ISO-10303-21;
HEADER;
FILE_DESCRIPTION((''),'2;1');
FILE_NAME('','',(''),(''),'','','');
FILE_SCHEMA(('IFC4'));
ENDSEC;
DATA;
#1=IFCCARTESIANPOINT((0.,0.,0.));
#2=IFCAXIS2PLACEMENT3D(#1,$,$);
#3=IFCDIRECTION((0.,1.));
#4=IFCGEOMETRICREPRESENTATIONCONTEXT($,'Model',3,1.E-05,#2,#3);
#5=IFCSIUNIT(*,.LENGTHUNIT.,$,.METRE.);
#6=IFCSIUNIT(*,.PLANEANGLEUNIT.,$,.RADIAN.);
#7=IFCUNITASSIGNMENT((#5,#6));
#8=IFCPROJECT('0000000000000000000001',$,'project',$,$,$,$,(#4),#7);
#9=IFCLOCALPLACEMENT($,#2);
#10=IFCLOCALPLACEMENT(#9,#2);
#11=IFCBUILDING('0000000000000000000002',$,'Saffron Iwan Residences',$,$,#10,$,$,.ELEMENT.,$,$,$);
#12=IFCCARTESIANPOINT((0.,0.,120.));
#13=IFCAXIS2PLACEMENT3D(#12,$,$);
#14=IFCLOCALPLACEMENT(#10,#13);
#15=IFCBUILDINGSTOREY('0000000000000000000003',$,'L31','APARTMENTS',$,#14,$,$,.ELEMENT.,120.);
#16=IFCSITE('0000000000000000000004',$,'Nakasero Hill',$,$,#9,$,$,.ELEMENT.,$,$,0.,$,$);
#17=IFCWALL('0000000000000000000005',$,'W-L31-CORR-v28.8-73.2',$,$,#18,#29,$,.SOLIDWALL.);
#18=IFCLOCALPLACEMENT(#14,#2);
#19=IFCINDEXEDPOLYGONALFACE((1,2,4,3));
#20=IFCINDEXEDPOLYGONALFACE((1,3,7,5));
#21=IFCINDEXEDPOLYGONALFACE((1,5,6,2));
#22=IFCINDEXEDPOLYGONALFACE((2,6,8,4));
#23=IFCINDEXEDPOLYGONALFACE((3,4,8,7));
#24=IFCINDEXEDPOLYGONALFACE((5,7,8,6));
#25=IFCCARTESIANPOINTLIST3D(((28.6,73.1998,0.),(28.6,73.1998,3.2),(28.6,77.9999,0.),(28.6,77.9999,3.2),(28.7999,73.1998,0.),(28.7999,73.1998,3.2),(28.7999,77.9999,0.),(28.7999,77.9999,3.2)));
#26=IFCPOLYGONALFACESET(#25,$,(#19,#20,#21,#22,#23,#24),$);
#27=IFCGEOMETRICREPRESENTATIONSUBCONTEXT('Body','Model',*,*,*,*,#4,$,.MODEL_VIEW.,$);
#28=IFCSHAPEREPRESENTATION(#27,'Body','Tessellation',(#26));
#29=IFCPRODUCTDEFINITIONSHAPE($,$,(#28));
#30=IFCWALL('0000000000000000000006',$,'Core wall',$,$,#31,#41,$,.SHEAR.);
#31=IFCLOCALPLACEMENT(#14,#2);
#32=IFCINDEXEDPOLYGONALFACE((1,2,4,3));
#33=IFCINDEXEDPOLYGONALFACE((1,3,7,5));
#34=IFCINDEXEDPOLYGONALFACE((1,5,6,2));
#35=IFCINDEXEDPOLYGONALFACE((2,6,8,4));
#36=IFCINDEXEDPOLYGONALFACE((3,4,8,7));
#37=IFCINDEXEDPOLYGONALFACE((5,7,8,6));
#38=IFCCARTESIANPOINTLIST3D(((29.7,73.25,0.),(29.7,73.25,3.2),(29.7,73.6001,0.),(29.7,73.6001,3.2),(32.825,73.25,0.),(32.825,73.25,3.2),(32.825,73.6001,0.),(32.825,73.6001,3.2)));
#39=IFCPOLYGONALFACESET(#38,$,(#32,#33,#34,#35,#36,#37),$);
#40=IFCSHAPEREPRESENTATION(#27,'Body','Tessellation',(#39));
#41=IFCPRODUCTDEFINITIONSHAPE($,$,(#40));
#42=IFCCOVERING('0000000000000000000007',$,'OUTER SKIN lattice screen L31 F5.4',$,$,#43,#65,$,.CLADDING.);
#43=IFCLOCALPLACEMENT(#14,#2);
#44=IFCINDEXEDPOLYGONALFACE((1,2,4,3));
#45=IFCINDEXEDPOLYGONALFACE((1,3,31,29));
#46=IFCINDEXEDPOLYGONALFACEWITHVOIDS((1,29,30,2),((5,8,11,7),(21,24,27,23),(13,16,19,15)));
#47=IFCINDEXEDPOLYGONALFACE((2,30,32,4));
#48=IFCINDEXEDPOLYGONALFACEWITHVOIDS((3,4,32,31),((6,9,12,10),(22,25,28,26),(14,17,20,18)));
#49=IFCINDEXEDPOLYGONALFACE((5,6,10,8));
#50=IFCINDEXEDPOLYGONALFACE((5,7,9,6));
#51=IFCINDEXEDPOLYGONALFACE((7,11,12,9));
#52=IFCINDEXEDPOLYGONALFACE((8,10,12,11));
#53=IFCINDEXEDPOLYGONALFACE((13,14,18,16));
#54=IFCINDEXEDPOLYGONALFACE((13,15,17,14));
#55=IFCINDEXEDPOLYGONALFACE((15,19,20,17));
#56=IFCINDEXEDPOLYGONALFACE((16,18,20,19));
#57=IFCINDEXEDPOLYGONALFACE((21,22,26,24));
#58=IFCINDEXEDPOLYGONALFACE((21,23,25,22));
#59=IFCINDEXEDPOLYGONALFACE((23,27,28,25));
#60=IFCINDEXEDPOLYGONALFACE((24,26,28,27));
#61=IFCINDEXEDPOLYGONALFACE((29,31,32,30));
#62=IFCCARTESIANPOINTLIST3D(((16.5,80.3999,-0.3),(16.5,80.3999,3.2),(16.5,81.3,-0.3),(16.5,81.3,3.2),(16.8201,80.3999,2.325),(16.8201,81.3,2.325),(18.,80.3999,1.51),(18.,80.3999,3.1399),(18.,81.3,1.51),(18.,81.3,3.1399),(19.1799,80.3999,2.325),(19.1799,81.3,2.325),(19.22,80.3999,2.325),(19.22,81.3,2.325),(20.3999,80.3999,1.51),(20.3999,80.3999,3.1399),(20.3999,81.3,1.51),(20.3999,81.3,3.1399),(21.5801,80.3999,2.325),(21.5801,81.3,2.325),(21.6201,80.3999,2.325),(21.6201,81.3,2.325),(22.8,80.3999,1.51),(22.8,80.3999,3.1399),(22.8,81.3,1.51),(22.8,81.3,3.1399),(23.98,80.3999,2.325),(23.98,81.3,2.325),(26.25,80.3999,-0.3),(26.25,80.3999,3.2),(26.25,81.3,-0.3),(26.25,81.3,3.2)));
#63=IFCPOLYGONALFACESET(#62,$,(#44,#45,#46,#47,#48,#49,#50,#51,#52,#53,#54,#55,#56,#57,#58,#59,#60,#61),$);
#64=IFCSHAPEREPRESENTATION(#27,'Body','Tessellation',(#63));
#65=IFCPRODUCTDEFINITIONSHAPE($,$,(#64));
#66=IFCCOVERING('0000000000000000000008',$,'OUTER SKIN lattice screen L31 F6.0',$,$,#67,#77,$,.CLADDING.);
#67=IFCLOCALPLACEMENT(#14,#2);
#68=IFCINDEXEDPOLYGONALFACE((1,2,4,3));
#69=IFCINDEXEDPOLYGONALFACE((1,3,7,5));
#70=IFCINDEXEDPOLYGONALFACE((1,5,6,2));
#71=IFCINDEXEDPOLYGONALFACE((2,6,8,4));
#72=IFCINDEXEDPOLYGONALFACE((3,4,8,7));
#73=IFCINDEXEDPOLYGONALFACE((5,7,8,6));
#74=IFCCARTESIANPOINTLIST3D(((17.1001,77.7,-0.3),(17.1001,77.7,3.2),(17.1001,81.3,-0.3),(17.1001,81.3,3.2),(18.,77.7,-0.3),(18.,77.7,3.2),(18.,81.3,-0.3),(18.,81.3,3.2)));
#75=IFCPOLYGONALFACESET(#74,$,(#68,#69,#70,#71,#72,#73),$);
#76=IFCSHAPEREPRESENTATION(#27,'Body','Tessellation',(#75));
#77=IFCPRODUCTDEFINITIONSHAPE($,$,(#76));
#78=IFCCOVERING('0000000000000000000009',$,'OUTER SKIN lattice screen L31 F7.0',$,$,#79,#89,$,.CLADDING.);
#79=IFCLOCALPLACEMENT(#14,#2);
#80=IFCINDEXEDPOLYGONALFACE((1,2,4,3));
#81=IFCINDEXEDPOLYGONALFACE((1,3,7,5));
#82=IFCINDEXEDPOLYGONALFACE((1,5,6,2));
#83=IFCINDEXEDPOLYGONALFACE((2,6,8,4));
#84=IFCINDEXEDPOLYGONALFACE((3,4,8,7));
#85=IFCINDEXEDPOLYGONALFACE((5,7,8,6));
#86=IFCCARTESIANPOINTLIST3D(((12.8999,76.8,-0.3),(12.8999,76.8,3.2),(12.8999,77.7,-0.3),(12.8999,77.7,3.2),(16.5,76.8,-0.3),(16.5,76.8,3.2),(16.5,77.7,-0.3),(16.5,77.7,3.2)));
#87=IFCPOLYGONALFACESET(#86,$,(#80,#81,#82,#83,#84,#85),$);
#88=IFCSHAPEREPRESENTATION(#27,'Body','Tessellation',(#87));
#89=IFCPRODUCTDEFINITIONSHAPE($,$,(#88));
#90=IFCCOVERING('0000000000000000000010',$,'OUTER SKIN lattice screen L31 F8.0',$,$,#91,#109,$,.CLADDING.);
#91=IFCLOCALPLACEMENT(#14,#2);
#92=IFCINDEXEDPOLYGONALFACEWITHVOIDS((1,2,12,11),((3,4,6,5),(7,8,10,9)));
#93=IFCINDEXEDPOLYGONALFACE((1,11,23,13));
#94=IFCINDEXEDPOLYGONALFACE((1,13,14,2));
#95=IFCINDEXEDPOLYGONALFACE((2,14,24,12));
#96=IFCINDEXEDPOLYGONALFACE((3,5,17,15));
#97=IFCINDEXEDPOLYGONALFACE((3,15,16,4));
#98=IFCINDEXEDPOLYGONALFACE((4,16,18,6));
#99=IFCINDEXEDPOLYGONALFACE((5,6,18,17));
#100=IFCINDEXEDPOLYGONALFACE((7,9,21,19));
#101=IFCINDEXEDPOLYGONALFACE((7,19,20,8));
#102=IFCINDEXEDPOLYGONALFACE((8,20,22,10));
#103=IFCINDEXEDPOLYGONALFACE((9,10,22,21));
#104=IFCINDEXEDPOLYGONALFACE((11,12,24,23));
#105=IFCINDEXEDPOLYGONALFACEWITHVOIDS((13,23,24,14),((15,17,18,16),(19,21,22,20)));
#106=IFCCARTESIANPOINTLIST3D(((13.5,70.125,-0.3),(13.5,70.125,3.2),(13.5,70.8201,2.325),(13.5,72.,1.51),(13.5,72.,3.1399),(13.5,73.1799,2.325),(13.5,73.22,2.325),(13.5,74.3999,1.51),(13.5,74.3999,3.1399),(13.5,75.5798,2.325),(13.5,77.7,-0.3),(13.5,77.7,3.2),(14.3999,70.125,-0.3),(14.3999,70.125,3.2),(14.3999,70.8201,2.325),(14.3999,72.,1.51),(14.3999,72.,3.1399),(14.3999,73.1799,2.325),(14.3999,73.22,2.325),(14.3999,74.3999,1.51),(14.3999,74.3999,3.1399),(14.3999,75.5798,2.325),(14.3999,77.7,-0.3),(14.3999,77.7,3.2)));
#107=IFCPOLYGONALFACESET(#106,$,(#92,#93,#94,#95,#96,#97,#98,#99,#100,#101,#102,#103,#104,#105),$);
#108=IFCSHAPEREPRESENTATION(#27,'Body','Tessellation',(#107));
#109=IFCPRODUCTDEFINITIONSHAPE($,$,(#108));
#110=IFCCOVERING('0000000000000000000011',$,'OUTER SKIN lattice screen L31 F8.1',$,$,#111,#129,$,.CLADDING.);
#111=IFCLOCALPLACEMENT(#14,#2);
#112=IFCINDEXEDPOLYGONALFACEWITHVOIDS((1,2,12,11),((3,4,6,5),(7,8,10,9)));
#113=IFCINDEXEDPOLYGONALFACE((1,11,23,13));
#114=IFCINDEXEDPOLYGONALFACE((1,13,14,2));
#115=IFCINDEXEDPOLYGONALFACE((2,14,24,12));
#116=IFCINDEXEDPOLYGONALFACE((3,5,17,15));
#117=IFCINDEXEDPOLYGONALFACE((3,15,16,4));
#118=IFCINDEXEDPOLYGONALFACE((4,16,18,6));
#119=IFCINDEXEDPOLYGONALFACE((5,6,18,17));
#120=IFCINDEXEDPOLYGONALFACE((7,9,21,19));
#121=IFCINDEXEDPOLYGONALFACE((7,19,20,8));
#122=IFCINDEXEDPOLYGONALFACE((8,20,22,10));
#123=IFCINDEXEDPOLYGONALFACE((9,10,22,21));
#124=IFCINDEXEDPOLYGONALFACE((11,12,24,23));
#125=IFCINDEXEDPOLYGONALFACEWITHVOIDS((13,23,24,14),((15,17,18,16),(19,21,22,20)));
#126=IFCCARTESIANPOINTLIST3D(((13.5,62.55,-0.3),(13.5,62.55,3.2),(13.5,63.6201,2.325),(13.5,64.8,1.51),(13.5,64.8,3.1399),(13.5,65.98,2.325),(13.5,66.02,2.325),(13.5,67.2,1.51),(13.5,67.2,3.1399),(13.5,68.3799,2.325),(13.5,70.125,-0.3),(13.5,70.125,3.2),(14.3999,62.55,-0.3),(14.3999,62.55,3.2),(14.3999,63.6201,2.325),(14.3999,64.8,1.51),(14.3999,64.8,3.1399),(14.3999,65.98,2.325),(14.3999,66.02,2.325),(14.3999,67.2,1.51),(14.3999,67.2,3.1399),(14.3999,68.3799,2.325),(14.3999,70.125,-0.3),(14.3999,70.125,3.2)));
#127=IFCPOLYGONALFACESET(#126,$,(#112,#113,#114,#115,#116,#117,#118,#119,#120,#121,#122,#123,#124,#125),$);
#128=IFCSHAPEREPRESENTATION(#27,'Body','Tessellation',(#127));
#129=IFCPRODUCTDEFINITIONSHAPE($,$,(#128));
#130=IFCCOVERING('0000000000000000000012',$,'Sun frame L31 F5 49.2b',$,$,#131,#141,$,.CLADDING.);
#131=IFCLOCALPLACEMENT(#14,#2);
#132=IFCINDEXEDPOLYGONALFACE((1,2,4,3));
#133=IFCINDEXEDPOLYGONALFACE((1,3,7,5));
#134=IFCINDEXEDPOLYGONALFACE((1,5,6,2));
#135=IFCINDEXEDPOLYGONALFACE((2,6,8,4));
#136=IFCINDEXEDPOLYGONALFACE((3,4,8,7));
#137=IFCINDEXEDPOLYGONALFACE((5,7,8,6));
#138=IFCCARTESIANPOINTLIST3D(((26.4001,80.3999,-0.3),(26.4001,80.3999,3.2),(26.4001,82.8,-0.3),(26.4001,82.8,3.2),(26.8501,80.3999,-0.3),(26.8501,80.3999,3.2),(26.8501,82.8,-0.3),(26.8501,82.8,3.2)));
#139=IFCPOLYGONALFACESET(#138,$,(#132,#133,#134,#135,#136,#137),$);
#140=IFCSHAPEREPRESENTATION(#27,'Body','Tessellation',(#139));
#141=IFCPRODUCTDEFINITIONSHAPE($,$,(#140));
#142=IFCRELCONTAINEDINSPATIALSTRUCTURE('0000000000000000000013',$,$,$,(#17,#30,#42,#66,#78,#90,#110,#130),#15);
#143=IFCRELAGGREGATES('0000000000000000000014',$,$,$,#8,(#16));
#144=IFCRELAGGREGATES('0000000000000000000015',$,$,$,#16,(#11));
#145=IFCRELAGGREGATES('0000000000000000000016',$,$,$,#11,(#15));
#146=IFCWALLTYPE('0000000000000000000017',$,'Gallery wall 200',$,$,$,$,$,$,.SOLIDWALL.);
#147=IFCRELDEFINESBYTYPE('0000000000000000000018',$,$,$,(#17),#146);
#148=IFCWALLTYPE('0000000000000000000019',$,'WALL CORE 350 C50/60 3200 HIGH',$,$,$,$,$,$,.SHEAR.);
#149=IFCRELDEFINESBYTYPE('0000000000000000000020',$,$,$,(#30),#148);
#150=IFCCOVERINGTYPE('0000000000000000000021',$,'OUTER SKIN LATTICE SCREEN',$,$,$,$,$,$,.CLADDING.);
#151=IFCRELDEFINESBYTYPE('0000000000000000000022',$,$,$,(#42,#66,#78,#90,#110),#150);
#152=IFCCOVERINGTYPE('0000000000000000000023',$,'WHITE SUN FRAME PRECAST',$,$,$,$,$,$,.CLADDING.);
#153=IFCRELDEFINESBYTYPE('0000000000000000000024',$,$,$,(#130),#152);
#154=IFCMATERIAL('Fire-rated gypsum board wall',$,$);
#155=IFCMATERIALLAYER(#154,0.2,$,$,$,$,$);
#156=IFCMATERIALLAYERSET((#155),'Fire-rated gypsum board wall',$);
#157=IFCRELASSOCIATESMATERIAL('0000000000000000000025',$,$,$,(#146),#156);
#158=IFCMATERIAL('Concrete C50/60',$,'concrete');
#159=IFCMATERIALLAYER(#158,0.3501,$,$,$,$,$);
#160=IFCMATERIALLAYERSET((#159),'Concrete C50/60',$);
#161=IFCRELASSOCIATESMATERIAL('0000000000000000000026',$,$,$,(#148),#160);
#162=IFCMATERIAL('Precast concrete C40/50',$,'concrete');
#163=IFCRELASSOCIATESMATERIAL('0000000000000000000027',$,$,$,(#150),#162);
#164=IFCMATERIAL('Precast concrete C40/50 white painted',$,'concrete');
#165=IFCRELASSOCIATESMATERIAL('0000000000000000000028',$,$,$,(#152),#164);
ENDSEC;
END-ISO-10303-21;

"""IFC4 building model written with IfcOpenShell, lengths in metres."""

from ifc_helpers import new_model, si_unit, direction, frame, frame_2d, origin, place, context, subcontext, project, spatial, polyline, rectangle, outline, extrude, material, layer, layer_set, type_object, element, save


model = new_model("IFC4")

# Units and contexts
model_context = context("Model", 3, precision=1e-05, world=origin(), true_north=direction((0.0, 1.0)))
body_context = subcontext(model_context, "Body", "Model", "MODEL_VIEW")
ifc_project = project(units=[si_unit("LENGTHUNIT", "METRE"), si_unit("PLANEANGLEUNIT", "RADIAN")], contexts=[model_context])

# Site, building, storey
site_placement = place(None, origin())
site = spatial("IfcSite", under=ifc_project, at=site_placement, Name="Nakasero Hill", CompositionType="ELEMENT", RefElevation=0.0)
building_placement = place(site_placement, origin())
building = spatial("IfcBuilding", under=site, at=building_placement, Name="Saffron Iwan Residences", CompositionType="ELEMENT")
storey_placement = place(building_placement, frame((0.0, 0.0, 120.0)))
storey = spatial("IfcBuildingStorey", under=building, at=storey_placement, Name="L31", Description="APARTMENTS", CompositionType="ELEMENT", Elevation=120.0)

# Shared definitions
ifc_material_1 = material(Name="Concrete C50/60", Category="concrete")

# Walls
ifc_material_2 = material(Name="Fire-rated gypsum board wall")
ifc_layer_1 = layer(ifc_material_2, 0.2)
ifc_layer_set_1 = layer_set([ifc_layer_1], Name="Fire-rated gypsum board wall")
wall_type_1 = type_object("IfcWallType", Name="Gallery wall 200", PredefinedType="SOLIDWALL", material=ifc_layer_set_1)
wall_1_placement = place(storey_placement, frame((28.7, 73.2, 0.0), z_axis=(0.0, 0.0, 1.0), x_axis=(0.0, 1.0, 0.0)))
element("IfcWall", 1, at=wall_1_placement, inside=storey, type_object=wall_type_1, Name="W-L31-CORR-v28.8-73.2", PredefinedType="SOLIDWALL", context=body_context, shape_type="SweptSolid", body=[
    extrude(rectangle(XDim=4.8, YDim=0.2, at=frame_2d((2.3999, 0.0))), origin(), (0.0, 0.0, 1.0), 3.2),
])
ifc_layer_2 = layer(ifc_material_1, 0.3501)
ifc_layer_set_2 = layer_set([ifc_layer_2], Name="Concrete C50/60")
wall_type_2 = type_object("IfcWallType", Name="WALL CORE 350 C50/60 3200 HIGH", PredefinedType="SHEAR", material=ifc_layer_set_2)
wall_2_placement = place(storey_placement, frame((29.7, 73.425, 0.0), z_axis=(0.0, 0.0, 1.0), x_axis=(1.0, 0.0, 0.0)))
element("IfcWall", 2, at=wall_2_placement, inside=storey, type_object=wall_type_2, Name="Core wall", PredefinedType="SHEAR", context=body_context, shape_type="SweptSolid", body=[
    extrude(rectangle(XDim=3.125, YDim=0.3501, at=frame_2d((1.5625, 0.0))), origin(), (0.0, 0.0, 1.0), 3.2),
])

# Coverings
ifc_material_3 = material(Name="Precast concrete C40/50", Category="concrete")
covering_type_1 = type_object("IfcCoveringType", Name="OUTER SKIN LATTICE SCREEN", PredefinedType="CLADDING", material=ifc_material_3)
covering_1_placement = place(storey_placement, frame((26.25, 80.3999, -0.3), z_axis=(0.0, 1.0, 0.0), x_axis=(-1.0, 0.0, 0.0)))
element("IfcCovering", 3, at=covering_1_placement, inside=storey, type_object=covering_type_1, Name="OUTER SKIN lattice screen L31 F5.4", PredefinedType="CLADDING", context=body_context, shape_type="SweptSolid", body=[
    extrude(outline(polyline([(0.0, 0.0), (9.75, 0.0), (9.75, 3.5), (0.0, 3.5), (0.0, 0.0)]), holes=[polyline([(2.27, 2.625), (3.45, 1.8101), (4.6299, 2.625), (3.45, 3.4399), (2.27, 2.625)]), polyline([(4.6699, 2.625), (5.8501, 1.8101), (7.03, 2.625), (5.8501, 3.4399), (4.6699, 2.625)]), polyline([(7.0701, 2.625), (8.25, 1.8101), (9.4299, 2.625), (8.25, 3.4399), (7.0701, 2.625)])]), origin(), (0.0, 0.0, 1.0), 0.9001),
])
for number, where, z_axis, x_axis, name in (
    (4, (18.0, 81.3, -0.3), (-1.0, 0.0, 0.0), (0.0, -1.0, 0.0), "OUTER SKIN lattice screen L31 F6.0"),
    (5, (16.5, 76.8, -0.3), (0.0, 1.0, 0.0), (-1.0, 0.0, 0.0), "OUTER SKIN lattice screen L31 F7.0"),
):
    element("IfcCovering", number, at=place(storey_placement, frame(where, z_axis=z_axis, x_axis=x_axis)), inside=storey, type_object=covering_type_1, Name=name, PredefinedType="CLADDING", context=body_context, shape_type="SweptSolid", body=[
        extrude(outline(polyline([(0.0, 0.0), (3.6001, 0.0), (3.6001, 3.5), (0.0, 3.5), (0.0, 0.0)])), origin(), (0.0, 0.0, 1.0), 0.8999),
    ])
covering_2_placement = place(storey_placement, frame((14.3999, 77.7, -0.3), z_axis=(-1.0, 0.0, 0.0), x_axis=(0.0, -1.0, 0.0)))
element("IfcCovering", 6, at=covering_2_placement, inside=storey, type_object=covering_type_1, Name="OUTER SKIN lattice screen L31 F8.0", PredefinedType="CLADDING", context=body_context, shape_type="SweptSolid", body=[
    extrude(outline(polyline([(0.0, 0.0), (7.575, 0.0), (7.575, 3.5), (0.0, 3.5), (0.0, 0.0)]), holes=[polyline([(2.1201, 2.625), (3.3, 1.8101), (4.48, 2.625), (3.3, 3.4399), (2.1201, 2.625)]), polyline([(4.52, 2.625), (5.7, 1.8101), (6.8799, 2.625), (5.7, 3.4399), (4.52, 2.625)])]), origin(), (0.0, 0.0, 1.0), 0.8999),
])
covering_3_placement = place(storey_placement, frame((14.3999, 70.125, -0.3), z_axis=(-1.0, 0.0, 0.0), x_axis=(0.0, -1.0, 0.0)))
element("IfcCovering", 7, at=covering_3_placement, inside=storey, type_object=covering_type_1, Name="OUTER SKIN lattice screen L31 F8.1", PredefinedType="CLADDING", context=body_context, shape_type="SweptSolid", body=[
    extrude(outline(polyline([(0.0, 0.0), (7.575, 0.0), (7.575, 3.5), (0.0, 3.5), (0.0, 0.0)]), holes=[polyline([(1.7451, 2.625), (2.925, 1.8101), (4.105, 2.625), (2.925, 3.4399), (1.7451, 2.625)]), polyline([(4.145, 2.625), (5.325, 1.8101), (6.5049, 2.625), (5.325, 3.4399), (4.145, 2.625)])]), origin(), (0.0, 0.0, 1.0), 0.8999),
])
ifc_material_4 = material(Name="Precast concrete C40/50 white painted", Category="concrete")
covering_type_2 = type_object("IfcCoveringType", Name="WHITE SUN FRAME PRECAST", PredefinedType="CLADDING", material=ifc_material_4)
covering_4_placement = place(storey_placement, frame((26.8501, 80.3999, -0.3), z_axis=(0.0, 1.0, 0.0), x_axis=(-1.0, 0.0, 0.0)))
element("IfcCovering", 8, at=covering_4_placement, inside=storey, type_object=covering_type_2, Name="Sun frame L31 F5 49.2b", PredefinedType="CLADDING", context=body_context, shape_type="SweptSolid", body=[
    extrude(outline(polyline([(0.0, 0.0), (0.45, 0.0), (0.45, 3.5), (0.0, 3.5), (0.0, 0.0)])), origin(), (0.0, 0.0, 1.0), 2.4001),
])

save(model, "model.ifc")
